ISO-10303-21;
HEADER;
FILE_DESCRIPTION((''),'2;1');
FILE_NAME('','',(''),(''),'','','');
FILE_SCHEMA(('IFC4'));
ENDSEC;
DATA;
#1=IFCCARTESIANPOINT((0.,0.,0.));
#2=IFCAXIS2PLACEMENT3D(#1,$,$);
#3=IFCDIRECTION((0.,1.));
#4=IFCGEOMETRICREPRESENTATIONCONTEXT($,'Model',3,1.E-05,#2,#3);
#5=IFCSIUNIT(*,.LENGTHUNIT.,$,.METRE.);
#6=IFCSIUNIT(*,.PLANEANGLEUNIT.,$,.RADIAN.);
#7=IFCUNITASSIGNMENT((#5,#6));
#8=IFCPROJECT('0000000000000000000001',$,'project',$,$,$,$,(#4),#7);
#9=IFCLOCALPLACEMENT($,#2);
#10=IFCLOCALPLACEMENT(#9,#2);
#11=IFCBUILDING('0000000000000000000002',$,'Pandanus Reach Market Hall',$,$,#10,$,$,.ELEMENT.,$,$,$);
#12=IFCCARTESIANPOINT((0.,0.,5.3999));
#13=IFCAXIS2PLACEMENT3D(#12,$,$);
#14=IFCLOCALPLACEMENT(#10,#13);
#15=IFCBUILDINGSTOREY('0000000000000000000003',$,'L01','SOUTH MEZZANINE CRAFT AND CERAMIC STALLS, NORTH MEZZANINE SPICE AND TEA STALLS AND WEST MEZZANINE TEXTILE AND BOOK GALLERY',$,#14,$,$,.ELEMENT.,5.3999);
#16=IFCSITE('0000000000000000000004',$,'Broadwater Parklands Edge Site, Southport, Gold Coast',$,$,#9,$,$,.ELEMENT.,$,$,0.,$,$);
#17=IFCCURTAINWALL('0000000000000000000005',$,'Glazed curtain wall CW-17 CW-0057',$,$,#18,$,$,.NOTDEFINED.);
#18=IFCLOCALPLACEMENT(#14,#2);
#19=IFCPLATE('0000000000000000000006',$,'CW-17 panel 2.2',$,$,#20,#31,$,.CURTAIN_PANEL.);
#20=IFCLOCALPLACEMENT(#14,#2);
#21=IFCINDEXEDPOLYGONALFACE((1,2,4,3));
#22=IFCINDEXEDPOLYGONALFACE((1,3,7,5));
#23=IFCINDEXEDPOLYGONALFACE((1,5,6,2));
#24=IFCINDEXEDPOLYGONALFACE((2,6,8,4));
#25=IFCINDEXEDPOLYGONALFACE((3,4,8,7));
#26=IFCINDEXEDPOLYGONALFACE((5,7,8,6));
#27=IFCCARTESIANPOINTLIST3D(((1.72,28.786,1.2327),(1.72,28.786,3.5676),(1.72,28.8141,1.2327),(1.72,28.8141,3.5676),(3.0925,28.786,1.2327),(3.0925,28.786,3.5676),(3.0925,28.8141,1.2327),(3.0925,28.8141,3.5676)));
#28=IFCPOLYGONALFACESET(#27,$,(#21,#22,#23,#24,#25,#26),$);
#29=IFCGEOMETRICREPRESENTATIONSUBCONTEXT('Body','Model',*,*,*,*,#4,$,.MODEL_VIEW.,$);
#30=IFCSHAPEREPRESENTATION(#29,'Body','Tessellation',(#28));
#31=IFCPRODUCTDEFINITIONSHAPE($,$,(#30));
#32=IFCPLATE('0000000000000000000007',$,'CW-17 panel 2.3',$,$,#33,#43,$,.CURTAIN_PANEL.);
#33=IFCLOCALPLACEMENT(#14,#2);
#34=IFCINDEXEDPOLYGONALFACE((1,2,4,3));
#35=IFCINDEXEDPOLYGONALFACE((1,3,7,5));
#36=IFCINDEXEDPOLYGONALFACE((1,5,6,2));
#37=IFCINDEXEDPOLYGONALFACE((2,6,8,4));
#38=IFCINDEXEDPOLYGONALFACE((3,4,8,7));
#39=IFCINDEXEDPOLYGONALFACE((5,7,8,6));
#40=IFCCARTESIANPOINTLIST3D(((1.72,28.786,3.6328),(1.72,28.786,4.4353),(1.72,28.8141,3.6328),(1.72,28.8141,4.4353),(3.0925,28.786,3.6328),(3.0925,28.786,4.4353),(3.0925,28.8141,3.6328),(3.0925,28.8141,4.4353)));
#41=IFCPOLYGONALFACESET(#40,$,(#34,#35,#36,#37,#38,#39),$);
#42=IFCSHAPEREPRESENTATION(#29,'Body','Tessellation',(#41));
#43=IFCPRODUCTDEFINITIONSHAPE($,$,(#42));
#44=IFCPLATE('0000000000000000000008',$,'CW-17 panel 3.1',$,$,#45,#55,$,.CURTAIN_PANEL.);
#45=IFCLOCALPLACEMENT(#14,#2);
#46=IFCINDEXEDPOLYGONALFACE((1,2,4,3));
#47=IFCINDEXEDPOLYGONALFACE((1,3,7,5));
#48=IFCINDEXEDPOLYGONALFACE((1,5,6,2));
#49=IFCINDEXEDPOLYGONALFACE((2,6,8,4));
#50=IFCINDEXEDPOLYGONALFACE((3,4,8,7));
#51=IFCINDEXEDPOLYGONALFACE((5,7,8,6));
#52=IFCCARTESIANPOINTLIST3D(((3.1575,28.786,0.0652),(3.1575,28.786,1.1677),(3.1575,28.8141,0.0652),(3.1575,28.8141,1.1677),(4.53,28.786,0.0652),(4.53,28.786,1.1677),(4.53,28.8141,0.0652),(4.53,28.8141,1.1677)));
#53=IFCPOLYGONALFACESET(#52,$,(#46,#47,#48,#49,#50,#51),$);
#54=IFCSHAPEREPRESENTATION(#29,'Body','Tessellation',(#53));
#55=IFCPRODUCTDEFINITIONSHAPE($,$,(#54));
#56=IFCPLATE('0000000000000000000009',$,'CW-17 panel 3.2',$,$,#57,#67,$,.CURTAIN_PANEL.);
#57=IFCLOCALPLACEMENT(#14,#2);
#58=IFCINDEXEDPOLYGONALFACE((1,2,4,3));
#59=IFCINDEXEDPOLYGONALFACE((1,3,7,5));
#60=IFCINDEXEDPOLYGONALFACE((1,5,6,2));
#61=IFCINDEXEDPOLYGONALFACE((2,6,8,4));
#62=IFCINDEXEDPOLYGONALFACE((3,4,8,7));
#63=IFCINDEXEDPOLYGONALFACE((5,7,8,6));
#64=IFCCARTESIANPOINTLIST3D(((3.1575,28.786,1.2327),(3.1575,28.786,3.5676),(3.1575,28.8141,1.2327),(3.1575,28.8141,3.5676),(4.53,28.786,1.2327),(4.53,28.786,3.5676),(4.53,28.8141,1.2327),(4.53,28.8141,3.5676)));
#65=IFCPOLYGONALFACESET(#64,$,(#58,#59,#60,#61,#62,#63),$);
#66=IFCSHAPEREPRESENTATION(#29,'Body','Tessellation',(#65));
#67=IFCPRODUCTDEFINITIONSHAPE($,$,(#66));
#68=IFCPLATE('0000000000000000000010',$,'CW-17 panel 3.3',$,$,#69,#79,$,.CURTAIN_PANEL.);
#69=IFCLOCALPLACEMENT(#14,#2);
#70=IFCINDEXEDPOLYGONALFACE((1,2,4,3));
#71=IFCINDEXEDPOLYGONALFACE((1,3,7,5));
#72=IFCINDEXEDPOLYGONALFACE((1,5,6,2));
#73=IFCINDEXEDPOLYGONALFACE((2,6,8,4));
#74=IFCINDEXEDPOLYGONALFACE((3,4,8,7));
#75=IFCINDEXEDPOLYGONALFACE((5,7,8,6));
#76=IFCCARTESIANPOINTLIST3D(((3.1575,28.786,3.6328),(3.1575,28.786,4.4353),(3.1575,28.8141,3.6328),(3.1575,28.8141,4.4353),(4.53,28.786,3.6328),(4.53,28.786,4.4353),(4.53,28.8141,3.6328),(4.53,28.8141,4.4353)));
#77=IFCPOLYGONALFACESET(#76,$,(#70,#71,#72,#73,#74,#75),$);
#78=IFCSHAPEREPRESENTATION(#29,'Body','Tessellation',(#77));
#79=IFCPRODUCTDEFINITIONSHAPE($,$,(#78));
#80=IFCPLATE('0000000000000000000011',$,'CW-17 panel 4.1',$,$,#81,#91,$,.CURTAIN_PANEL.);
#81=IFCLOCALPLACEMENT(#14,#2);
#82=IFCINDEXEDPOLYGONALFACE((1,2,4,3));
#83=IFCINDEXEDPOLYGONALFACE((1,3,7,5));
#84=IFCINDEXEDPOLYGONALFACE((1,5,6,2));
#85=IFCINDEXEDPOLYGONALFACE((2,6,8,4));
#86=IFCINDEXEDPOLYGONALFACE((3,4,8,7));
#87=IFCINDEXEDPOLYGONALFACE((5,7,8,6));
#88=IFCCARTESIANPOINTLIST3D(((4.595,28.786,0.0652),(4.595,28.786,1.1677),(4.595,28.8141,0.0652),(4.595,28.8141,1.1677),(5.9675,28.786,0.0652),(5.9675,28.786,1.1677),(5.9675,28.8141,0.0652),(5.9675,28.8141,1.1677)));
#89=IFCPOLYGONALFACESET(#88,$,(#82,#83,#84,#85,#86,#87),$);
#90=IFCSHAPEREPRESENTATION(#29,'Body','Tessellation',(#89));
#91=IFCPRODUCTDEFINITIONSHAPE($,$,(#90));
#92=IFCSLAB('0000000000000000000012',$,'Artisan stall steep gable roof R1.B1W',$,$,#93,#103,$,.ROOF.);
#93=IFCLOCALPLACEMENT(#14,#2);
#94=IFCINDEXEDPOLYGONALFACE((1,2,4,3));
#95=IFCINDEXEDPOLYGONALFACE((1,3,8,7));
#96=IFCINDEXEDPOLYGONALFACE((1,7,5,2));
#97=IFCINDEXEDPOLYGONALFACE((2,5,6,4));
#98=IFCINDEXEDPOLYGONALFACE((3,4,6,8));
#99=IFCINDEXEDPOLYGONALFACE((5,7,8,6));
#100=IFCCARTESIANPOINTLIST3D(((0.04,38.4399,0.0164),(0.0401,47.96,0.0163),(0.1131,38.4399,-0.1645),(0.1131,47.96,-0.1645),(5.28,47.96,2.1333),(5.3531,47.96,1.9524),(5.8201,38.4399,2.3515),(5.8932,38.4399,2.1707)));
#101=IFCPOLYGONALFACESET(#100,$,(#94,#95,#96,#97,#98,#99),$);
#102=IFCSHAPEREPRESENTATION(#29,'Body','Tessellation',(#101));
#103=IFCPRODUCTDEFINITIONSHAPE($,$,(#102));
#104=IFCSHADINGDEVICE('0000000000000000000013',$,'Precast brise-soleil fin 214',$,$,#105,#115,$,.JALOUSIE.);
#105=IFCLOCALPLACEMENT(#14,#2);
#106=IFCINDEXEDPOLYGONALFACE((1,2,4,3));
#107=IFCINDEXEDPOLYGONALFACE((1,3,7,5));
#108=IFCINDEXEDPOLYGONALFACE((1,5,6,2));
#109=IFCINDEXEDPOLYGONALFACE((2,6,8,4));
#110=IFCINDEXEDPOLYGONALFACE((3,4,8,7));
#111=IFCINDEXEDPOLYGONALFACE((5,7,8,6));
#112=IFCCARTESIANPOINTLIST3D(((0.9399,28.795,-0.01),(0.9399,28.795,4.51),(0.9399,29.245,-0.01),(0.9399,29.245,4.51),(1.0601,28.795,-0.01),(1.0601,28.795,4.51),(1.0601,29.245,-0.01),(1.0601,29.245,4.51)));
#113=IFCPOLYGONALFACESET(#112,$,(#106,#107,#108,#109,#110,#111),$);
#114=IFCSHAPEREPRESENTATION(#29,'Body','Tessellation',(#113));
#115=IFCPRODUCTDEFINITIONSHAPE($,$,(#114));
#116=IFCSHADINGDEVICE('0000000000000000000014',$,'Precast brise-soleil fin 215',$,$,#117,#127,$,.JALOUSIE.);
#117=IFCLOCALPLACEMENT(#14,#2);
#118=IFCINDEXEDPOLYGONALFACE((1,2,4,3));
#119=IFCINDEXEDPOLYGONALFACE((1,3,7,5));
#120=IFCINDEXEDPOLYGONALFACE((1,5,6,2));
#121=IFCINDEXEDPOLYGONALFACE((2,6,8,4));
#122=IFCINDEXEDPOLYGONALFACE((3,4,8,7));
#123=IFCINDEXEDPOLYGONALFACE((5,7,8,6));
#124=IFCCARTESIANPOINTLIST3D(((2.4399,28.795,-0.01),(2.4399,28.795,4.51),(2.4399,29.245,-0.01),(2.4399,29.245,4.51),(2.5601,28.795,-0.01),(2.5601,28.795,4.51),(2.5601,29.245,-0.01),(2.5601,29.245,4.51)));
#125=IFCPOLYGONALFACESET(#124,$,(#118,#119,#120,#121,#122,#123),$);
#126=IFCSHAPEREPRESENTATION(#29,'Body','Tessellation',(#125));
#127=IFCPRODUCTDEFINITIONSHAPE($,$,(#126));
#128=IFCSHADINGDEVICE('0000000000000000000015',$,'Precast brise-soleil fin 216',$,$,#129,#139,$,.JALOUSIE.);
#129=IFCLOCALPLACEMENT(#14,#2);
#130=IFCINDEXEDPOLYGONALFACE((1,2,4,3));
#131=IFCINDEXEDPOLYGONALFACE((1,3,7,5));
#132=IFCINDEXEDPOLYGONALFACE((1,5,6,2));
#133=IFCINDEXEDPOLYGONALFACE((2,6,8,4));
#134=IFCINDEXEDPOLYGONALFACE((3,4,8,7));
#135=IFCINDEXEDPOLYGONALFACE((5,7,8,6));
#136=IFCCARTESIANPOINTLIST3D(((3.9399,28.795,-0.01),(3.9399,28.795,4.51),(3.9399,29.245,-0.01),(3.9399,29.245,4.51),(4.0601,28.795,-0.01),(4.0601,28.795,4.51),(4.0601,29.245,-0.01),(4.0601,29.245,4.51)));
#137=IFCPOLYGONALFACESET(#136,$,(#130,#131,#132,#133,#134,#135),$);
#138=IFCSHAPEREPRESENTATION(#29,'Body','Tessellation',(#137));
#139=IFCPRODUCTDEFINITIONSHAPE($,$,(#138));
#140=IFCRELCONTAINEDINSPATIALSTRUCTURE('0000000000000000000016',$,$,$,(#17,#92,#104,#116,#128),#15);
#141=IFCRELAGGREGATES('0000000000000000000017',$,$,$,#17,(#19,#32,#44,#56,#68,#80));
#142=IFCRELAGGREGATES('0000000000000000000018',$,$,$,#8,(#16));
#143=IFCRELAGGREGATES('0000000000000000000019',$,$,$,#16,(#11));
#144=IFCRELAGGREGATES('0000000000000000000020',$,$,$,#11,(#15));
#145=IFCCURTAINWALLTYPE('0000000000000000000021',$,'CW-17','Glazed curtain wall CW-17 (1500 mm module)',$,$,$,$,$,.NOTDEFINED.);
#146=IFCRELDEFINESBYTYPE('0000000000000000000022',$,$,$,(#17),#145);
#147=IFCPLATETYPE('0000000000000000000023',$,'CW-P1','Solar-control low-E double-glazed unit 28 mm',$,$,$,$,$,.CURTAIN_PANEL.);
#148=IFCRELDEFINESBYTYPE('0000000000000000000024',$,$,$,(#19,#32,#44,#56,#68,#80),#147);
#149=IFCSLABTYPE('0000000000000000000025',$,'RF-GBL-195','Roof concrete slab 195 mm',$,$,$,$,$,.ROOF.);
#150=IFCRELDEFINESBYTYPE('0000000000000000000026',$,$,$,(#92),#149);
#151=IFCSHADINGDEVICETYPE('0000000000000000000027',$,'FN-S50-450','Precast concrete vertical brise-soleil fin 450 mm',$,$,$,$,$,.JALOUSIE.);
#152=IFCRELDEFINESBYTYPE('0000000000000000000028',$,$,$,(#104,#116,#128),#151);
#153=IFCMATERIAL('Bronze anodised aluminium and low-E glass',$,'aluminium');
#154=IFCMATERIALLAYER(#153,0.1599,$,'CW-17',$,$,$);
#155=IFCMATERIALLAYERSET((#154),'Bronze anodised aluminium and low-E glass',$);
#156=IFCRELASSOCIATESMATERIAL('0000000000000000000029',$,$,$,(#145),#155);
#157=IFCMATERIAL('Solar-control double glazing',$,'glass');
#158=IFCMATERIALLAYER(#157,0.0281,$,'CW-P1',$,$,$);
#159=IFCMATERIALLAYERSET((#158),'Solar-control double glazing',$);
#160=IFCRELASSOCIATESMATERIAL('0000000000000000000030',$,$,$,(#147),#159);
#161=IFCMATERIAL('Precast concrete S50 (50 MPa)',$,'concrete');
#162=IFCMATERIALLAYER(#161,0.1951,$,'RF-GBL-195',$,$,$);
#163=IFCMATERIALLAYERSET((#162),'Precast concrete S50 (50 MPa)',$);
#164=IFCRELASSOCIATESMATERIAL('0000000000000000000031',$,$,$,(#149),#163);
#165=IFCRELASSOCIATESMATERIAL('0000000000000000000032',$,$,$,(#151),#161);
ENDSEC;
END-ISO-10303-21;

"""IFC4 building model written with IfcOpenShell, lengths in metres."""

from ifc_helpers import new_model, si_unit, direction, frame, origin, origin_2d, place, context, subcontext, project, spatial, polyline, rectangle, outline, extrude, material, layer, layer_set, type_object, element, aggregate, save


model = new_model("IFC4")

# Units and contexts
model_context = context("Model", 3, precision=1e-05, world=origin(), true_north=direction((0.0, 1.0)))
body_context = subcontext(model_context, "Body", "Model", "MODEL_VIEW")
ifc_project = project(units=[si_unit("LENGTHUNIT", "METRE"), si_unit("PLANEANGLEUNIT", "RADIAN")], contexts=[model_context])

# Site, building, storey
site_placement = place(None, origin())
site = spatial("IfcSite", under=ifc_project, at=site_placement, Name="Broadwater Parklands Edge Site, Southport, Gold Coast", CompositionType="ELEMENT", RefElevation=0.0)
building_placement = place(site_placement, origin())
building = spatial("IfcBuilding", under=site, at=building_placement, Name="Pandanus Reach Market Hall", CompositionType="ELEMENT")
storey_placement = place(building_placement, frame((0.0, 0.0, 5.3999)))
storey = spatial("IfcBuildingStorey", under=building, at=storey_placement, Name="L01", Description="SOUTH MEZZANINE CRAFT AND CERAMIC STALLS, NORTH MEZZANINE SPICE AND TEA STALLS AND WEST MEZZANINE TEXTILE AND BOOK GALLERY", CompositionType="ELEMENT", Elevation=5.3999)

# Curtain wall, plates
ifc_material_1 = material(Name="Bronze anodised aluminium and low-E glass", Category="aluminium")
ifc_layer_1 = layer(ifc_material_1, 0.1599, Name="CW-17")
ifc_layer_set_1 = layer_set([ifc_layer_1], Name="Bronze anodised aluminium and low-E glass")
curtain_wall_type = type_object("IfcCurtainWallType", Name="CW-17", Description="Glazed curtain wall CW-17 (1500 mm module)", PredefinedType="NOTDEFINED", material=ifc_layer_set_1)
curtain_wall_placement = place(storey_placement, origin())
curtain_wall = element("IfcCurtainWall", 1, at=curtain_wall_placement, inside=storey, type_object=curtain_wall_type, Name="Glazed curtain wall CW-17 CW-0057", PredefinedType="NOTDEFINED")
ifc_material_2 = material(Name="Solar-control double glazing", Category="glass")
ifc_layer_2 = layer(ifc_material_2, 0.0281, Name="CW-P1")
ifc_layer_set_2 = layer_set([ifc_layer_2], Name="Solar-control double glazing")
plate_type = type_object("IfcPlateType", Name="CW-P1", Description="Solar-control low-E double-glazed unit 28 mm", PredefinedType="CURTAIN_PANEL", material=ifc_layer_set_2)
plate_1_placement = place(storey_placement, frame((2.4062, 28.8, 1.2327), z_axis=(0.0, 0.0, 1.0), x_axis=(1.0, 0.0, 0.0)))
plate_1 = element("IfcPlate", 2, at=plate_1_placement, type_object=plate_type, Name="CW-17 panel 2.2", PredefinedType="CURTAIN_PANEL", context=body_context, shape_type="SweptSolid", body=[
    extrude(rectangle(XDim=1.3726, YDim=0.0281, at=origin_2d()), origin(), (0.0, 0.0, 1.0), 2.335),
])
plate_2_placement = place(storey_placement, frame((2.4062, 28.8, 3.6328), z_axis=(0.0, 0.0, 1.0), x_axis=(1.0, 0.0, 0.0)))
plate_2 = element("IfcPlate", 3, at=plate_2_placement, type_object=plate_type, Name="CW-17 panel 2.3", PredefinedType="CURTAIN_PANEL", context=body_context, shape_type="SweptSolid", body=[
    extrude(rectangle(XDim=1.3726, YDim=0.0281, at=origin_2d()), origin(), (0.0, 0.0, 1.0), 0.8025),
])
plate_3_placement = place(storey_placement, frame((3.8438, 28.8, 0.0652), z_axis=(0.0, 0.0, 1.0), x_axis=(1.0, 0.0, 0.0)))
plate_3 = element("IfcPlate", 4, at=plate_3_placement, type_object=plate_type, Name="CW-17 panel 3.1", PredefinedType="CURTAIN_PANEL", context=body_context, shape_type="SweptSolid", body=[
    extrude(rectangle(XDim=1.3726, YDim=0.0281, at=origin_2d()), origin(), (0.0, 0.0, 1.0), 1.1025),
])
plate_4_placement = place(storey_placement, frame((3.8438, 28.8, 1.2327), z_axis=(0.0, 0.0, 1.0), x_axis=(1.0, 0.0, 0.0)))
plate_4 = element("IfcPlate", 5, at=plate_4_placement, type_object=plate_type, Name="CW-17 panel 3.2", PredefinedType="CURTAIN_PANEL", context=body_context, shape_type="SweptSolid", body=[
    extrude(rectangle(XDim=1.3726, YDim=0.0281, at=origin_2d()), origin(), (0.0, 0.0, 1.0), 2.335),
])
plate_5_placement = place(storey_placement, frame((3.8438, 28.8, 3.6328), z_axis=(0.0, 0.0, 1.0), x_axis=(1.0, 0.0, 0.0)))
plate_5 = element("IfcPlate", 6, at=plate_5_placement, type_object=plate_type, Name="CW-17 panel 3.3", PredefinedType="CURTAIN_PANEL", context=body_context, shape_type="SweptSolid", body=[
    extrude(rectangle(XDim=1.3726, YDim=0.0281, at=origin_2d()), origin(), (0.0, 0.0, 1.0), 0.8025),
])
plate_6_placement = place(storey_placement, frame((5.2812, 28.8, 0.0652), z_axis=(0.0, 0.0, 1.0), x_axis=(1.0, 0.0, 0.0)))
plate_6 = element("IfcPlate", 7, at=plate_6_placement, type_object=plate_type, Name="CW-17 panel 4.1", PredefinedType="CURTAIN_PANEL", context=body_context, shape_type="SweptSolid", body=[
    extrude(rectangle(XDim=1.3726, YDim=0.0281, at=origin_2d()), origin(), (0.0, 0.0, 1.0), 1.1025),
])
aggregate(curtain_wall, [plate_1, plate_2, plate_3, plate_4, plate_5, plate_6])

# Slab
ifc_material_3 = material(Name="Precast concrete S50 (50 MPa)", Category="concrete")
ifc_layer_3 = layer(ifc_material_3, 0.1951, Name="RF-GBL-195")
ifc_layer_set_3 = layer_set([ifc_layer_3], Name="Precast concrete S50 (50 MPa)")
slab_type = type_object("IfcSlabType", Name="RF-GBL-195", Description="Roof concrete slab 195 mm", PredefinedType="ROOF", material=ifc_layer_set_3)
slab_placement = place(storey_placement, frame((0.04, 38.4399, 0.0164), z_axis=(-0.37459, 0.000004, 0.927191), x_axis=(0.927191, 0.0, 0.37459)))
element("IfcSlab", 8, at=slab_placement, inside=storey, type_object=slab_type, Name="Artisan stall steep gable roof R1.B1W", PredefinedType="ROOF", context=body_context, shape_type="SweptSolid", body=[
    extrude(outline(polyline([(0.0, 0.0), (6.2339, 0.0), (5.6515, 9.52), (0.0, 9.52), (0.0, 0.0)])), origin(), (0.0, 0.0, -1.0), 0.1951),
])

# Shading devices
shading_device_type = type_object("IfcShadingDeviceType", Name="FN-S50-450", Description="Precast concrete vertical brise-soleil fin 450 mm", PredefinedType="JALOUSIE", material=ifc_material_3)
for number, where, z_axis, x_axis, name in (
    (9, (1.0, 29.02, -0.01), (0.0, 0.0, 1.0), (0.0, 1.0, 0.0), "Precast brise-soleil fin 214"),
    (10, (2.5, 29.02, -0.01), (0.0, 0.0, 1.0), (0.0, 1.0, 0.0), "Precast brise-soleil fin 215"),
    (11, (4.0, 29.02, -0.01), (0.0, 0.0, 1.0), (0.0, 1.0, 0.0), "Precast brise-soleil fin 216"),
):
    element("IfcShadingDevice", number, at=place(storey_placement, frame(where, z_axis=z_axis, x_axis=x_axis)), inside=storey, type_object=shading_device_type, Name=name, PredefinedType="JALOUSIE", context=body_context, shape_type="SweptSolid", body=[
        extrude(rectangle(XDim=0.45, YDim=0.1201, at=origin_2d()), origin(), (0.0, 0.0, 1.0), 4.52),
    ])

save(model, "model.ifc")
